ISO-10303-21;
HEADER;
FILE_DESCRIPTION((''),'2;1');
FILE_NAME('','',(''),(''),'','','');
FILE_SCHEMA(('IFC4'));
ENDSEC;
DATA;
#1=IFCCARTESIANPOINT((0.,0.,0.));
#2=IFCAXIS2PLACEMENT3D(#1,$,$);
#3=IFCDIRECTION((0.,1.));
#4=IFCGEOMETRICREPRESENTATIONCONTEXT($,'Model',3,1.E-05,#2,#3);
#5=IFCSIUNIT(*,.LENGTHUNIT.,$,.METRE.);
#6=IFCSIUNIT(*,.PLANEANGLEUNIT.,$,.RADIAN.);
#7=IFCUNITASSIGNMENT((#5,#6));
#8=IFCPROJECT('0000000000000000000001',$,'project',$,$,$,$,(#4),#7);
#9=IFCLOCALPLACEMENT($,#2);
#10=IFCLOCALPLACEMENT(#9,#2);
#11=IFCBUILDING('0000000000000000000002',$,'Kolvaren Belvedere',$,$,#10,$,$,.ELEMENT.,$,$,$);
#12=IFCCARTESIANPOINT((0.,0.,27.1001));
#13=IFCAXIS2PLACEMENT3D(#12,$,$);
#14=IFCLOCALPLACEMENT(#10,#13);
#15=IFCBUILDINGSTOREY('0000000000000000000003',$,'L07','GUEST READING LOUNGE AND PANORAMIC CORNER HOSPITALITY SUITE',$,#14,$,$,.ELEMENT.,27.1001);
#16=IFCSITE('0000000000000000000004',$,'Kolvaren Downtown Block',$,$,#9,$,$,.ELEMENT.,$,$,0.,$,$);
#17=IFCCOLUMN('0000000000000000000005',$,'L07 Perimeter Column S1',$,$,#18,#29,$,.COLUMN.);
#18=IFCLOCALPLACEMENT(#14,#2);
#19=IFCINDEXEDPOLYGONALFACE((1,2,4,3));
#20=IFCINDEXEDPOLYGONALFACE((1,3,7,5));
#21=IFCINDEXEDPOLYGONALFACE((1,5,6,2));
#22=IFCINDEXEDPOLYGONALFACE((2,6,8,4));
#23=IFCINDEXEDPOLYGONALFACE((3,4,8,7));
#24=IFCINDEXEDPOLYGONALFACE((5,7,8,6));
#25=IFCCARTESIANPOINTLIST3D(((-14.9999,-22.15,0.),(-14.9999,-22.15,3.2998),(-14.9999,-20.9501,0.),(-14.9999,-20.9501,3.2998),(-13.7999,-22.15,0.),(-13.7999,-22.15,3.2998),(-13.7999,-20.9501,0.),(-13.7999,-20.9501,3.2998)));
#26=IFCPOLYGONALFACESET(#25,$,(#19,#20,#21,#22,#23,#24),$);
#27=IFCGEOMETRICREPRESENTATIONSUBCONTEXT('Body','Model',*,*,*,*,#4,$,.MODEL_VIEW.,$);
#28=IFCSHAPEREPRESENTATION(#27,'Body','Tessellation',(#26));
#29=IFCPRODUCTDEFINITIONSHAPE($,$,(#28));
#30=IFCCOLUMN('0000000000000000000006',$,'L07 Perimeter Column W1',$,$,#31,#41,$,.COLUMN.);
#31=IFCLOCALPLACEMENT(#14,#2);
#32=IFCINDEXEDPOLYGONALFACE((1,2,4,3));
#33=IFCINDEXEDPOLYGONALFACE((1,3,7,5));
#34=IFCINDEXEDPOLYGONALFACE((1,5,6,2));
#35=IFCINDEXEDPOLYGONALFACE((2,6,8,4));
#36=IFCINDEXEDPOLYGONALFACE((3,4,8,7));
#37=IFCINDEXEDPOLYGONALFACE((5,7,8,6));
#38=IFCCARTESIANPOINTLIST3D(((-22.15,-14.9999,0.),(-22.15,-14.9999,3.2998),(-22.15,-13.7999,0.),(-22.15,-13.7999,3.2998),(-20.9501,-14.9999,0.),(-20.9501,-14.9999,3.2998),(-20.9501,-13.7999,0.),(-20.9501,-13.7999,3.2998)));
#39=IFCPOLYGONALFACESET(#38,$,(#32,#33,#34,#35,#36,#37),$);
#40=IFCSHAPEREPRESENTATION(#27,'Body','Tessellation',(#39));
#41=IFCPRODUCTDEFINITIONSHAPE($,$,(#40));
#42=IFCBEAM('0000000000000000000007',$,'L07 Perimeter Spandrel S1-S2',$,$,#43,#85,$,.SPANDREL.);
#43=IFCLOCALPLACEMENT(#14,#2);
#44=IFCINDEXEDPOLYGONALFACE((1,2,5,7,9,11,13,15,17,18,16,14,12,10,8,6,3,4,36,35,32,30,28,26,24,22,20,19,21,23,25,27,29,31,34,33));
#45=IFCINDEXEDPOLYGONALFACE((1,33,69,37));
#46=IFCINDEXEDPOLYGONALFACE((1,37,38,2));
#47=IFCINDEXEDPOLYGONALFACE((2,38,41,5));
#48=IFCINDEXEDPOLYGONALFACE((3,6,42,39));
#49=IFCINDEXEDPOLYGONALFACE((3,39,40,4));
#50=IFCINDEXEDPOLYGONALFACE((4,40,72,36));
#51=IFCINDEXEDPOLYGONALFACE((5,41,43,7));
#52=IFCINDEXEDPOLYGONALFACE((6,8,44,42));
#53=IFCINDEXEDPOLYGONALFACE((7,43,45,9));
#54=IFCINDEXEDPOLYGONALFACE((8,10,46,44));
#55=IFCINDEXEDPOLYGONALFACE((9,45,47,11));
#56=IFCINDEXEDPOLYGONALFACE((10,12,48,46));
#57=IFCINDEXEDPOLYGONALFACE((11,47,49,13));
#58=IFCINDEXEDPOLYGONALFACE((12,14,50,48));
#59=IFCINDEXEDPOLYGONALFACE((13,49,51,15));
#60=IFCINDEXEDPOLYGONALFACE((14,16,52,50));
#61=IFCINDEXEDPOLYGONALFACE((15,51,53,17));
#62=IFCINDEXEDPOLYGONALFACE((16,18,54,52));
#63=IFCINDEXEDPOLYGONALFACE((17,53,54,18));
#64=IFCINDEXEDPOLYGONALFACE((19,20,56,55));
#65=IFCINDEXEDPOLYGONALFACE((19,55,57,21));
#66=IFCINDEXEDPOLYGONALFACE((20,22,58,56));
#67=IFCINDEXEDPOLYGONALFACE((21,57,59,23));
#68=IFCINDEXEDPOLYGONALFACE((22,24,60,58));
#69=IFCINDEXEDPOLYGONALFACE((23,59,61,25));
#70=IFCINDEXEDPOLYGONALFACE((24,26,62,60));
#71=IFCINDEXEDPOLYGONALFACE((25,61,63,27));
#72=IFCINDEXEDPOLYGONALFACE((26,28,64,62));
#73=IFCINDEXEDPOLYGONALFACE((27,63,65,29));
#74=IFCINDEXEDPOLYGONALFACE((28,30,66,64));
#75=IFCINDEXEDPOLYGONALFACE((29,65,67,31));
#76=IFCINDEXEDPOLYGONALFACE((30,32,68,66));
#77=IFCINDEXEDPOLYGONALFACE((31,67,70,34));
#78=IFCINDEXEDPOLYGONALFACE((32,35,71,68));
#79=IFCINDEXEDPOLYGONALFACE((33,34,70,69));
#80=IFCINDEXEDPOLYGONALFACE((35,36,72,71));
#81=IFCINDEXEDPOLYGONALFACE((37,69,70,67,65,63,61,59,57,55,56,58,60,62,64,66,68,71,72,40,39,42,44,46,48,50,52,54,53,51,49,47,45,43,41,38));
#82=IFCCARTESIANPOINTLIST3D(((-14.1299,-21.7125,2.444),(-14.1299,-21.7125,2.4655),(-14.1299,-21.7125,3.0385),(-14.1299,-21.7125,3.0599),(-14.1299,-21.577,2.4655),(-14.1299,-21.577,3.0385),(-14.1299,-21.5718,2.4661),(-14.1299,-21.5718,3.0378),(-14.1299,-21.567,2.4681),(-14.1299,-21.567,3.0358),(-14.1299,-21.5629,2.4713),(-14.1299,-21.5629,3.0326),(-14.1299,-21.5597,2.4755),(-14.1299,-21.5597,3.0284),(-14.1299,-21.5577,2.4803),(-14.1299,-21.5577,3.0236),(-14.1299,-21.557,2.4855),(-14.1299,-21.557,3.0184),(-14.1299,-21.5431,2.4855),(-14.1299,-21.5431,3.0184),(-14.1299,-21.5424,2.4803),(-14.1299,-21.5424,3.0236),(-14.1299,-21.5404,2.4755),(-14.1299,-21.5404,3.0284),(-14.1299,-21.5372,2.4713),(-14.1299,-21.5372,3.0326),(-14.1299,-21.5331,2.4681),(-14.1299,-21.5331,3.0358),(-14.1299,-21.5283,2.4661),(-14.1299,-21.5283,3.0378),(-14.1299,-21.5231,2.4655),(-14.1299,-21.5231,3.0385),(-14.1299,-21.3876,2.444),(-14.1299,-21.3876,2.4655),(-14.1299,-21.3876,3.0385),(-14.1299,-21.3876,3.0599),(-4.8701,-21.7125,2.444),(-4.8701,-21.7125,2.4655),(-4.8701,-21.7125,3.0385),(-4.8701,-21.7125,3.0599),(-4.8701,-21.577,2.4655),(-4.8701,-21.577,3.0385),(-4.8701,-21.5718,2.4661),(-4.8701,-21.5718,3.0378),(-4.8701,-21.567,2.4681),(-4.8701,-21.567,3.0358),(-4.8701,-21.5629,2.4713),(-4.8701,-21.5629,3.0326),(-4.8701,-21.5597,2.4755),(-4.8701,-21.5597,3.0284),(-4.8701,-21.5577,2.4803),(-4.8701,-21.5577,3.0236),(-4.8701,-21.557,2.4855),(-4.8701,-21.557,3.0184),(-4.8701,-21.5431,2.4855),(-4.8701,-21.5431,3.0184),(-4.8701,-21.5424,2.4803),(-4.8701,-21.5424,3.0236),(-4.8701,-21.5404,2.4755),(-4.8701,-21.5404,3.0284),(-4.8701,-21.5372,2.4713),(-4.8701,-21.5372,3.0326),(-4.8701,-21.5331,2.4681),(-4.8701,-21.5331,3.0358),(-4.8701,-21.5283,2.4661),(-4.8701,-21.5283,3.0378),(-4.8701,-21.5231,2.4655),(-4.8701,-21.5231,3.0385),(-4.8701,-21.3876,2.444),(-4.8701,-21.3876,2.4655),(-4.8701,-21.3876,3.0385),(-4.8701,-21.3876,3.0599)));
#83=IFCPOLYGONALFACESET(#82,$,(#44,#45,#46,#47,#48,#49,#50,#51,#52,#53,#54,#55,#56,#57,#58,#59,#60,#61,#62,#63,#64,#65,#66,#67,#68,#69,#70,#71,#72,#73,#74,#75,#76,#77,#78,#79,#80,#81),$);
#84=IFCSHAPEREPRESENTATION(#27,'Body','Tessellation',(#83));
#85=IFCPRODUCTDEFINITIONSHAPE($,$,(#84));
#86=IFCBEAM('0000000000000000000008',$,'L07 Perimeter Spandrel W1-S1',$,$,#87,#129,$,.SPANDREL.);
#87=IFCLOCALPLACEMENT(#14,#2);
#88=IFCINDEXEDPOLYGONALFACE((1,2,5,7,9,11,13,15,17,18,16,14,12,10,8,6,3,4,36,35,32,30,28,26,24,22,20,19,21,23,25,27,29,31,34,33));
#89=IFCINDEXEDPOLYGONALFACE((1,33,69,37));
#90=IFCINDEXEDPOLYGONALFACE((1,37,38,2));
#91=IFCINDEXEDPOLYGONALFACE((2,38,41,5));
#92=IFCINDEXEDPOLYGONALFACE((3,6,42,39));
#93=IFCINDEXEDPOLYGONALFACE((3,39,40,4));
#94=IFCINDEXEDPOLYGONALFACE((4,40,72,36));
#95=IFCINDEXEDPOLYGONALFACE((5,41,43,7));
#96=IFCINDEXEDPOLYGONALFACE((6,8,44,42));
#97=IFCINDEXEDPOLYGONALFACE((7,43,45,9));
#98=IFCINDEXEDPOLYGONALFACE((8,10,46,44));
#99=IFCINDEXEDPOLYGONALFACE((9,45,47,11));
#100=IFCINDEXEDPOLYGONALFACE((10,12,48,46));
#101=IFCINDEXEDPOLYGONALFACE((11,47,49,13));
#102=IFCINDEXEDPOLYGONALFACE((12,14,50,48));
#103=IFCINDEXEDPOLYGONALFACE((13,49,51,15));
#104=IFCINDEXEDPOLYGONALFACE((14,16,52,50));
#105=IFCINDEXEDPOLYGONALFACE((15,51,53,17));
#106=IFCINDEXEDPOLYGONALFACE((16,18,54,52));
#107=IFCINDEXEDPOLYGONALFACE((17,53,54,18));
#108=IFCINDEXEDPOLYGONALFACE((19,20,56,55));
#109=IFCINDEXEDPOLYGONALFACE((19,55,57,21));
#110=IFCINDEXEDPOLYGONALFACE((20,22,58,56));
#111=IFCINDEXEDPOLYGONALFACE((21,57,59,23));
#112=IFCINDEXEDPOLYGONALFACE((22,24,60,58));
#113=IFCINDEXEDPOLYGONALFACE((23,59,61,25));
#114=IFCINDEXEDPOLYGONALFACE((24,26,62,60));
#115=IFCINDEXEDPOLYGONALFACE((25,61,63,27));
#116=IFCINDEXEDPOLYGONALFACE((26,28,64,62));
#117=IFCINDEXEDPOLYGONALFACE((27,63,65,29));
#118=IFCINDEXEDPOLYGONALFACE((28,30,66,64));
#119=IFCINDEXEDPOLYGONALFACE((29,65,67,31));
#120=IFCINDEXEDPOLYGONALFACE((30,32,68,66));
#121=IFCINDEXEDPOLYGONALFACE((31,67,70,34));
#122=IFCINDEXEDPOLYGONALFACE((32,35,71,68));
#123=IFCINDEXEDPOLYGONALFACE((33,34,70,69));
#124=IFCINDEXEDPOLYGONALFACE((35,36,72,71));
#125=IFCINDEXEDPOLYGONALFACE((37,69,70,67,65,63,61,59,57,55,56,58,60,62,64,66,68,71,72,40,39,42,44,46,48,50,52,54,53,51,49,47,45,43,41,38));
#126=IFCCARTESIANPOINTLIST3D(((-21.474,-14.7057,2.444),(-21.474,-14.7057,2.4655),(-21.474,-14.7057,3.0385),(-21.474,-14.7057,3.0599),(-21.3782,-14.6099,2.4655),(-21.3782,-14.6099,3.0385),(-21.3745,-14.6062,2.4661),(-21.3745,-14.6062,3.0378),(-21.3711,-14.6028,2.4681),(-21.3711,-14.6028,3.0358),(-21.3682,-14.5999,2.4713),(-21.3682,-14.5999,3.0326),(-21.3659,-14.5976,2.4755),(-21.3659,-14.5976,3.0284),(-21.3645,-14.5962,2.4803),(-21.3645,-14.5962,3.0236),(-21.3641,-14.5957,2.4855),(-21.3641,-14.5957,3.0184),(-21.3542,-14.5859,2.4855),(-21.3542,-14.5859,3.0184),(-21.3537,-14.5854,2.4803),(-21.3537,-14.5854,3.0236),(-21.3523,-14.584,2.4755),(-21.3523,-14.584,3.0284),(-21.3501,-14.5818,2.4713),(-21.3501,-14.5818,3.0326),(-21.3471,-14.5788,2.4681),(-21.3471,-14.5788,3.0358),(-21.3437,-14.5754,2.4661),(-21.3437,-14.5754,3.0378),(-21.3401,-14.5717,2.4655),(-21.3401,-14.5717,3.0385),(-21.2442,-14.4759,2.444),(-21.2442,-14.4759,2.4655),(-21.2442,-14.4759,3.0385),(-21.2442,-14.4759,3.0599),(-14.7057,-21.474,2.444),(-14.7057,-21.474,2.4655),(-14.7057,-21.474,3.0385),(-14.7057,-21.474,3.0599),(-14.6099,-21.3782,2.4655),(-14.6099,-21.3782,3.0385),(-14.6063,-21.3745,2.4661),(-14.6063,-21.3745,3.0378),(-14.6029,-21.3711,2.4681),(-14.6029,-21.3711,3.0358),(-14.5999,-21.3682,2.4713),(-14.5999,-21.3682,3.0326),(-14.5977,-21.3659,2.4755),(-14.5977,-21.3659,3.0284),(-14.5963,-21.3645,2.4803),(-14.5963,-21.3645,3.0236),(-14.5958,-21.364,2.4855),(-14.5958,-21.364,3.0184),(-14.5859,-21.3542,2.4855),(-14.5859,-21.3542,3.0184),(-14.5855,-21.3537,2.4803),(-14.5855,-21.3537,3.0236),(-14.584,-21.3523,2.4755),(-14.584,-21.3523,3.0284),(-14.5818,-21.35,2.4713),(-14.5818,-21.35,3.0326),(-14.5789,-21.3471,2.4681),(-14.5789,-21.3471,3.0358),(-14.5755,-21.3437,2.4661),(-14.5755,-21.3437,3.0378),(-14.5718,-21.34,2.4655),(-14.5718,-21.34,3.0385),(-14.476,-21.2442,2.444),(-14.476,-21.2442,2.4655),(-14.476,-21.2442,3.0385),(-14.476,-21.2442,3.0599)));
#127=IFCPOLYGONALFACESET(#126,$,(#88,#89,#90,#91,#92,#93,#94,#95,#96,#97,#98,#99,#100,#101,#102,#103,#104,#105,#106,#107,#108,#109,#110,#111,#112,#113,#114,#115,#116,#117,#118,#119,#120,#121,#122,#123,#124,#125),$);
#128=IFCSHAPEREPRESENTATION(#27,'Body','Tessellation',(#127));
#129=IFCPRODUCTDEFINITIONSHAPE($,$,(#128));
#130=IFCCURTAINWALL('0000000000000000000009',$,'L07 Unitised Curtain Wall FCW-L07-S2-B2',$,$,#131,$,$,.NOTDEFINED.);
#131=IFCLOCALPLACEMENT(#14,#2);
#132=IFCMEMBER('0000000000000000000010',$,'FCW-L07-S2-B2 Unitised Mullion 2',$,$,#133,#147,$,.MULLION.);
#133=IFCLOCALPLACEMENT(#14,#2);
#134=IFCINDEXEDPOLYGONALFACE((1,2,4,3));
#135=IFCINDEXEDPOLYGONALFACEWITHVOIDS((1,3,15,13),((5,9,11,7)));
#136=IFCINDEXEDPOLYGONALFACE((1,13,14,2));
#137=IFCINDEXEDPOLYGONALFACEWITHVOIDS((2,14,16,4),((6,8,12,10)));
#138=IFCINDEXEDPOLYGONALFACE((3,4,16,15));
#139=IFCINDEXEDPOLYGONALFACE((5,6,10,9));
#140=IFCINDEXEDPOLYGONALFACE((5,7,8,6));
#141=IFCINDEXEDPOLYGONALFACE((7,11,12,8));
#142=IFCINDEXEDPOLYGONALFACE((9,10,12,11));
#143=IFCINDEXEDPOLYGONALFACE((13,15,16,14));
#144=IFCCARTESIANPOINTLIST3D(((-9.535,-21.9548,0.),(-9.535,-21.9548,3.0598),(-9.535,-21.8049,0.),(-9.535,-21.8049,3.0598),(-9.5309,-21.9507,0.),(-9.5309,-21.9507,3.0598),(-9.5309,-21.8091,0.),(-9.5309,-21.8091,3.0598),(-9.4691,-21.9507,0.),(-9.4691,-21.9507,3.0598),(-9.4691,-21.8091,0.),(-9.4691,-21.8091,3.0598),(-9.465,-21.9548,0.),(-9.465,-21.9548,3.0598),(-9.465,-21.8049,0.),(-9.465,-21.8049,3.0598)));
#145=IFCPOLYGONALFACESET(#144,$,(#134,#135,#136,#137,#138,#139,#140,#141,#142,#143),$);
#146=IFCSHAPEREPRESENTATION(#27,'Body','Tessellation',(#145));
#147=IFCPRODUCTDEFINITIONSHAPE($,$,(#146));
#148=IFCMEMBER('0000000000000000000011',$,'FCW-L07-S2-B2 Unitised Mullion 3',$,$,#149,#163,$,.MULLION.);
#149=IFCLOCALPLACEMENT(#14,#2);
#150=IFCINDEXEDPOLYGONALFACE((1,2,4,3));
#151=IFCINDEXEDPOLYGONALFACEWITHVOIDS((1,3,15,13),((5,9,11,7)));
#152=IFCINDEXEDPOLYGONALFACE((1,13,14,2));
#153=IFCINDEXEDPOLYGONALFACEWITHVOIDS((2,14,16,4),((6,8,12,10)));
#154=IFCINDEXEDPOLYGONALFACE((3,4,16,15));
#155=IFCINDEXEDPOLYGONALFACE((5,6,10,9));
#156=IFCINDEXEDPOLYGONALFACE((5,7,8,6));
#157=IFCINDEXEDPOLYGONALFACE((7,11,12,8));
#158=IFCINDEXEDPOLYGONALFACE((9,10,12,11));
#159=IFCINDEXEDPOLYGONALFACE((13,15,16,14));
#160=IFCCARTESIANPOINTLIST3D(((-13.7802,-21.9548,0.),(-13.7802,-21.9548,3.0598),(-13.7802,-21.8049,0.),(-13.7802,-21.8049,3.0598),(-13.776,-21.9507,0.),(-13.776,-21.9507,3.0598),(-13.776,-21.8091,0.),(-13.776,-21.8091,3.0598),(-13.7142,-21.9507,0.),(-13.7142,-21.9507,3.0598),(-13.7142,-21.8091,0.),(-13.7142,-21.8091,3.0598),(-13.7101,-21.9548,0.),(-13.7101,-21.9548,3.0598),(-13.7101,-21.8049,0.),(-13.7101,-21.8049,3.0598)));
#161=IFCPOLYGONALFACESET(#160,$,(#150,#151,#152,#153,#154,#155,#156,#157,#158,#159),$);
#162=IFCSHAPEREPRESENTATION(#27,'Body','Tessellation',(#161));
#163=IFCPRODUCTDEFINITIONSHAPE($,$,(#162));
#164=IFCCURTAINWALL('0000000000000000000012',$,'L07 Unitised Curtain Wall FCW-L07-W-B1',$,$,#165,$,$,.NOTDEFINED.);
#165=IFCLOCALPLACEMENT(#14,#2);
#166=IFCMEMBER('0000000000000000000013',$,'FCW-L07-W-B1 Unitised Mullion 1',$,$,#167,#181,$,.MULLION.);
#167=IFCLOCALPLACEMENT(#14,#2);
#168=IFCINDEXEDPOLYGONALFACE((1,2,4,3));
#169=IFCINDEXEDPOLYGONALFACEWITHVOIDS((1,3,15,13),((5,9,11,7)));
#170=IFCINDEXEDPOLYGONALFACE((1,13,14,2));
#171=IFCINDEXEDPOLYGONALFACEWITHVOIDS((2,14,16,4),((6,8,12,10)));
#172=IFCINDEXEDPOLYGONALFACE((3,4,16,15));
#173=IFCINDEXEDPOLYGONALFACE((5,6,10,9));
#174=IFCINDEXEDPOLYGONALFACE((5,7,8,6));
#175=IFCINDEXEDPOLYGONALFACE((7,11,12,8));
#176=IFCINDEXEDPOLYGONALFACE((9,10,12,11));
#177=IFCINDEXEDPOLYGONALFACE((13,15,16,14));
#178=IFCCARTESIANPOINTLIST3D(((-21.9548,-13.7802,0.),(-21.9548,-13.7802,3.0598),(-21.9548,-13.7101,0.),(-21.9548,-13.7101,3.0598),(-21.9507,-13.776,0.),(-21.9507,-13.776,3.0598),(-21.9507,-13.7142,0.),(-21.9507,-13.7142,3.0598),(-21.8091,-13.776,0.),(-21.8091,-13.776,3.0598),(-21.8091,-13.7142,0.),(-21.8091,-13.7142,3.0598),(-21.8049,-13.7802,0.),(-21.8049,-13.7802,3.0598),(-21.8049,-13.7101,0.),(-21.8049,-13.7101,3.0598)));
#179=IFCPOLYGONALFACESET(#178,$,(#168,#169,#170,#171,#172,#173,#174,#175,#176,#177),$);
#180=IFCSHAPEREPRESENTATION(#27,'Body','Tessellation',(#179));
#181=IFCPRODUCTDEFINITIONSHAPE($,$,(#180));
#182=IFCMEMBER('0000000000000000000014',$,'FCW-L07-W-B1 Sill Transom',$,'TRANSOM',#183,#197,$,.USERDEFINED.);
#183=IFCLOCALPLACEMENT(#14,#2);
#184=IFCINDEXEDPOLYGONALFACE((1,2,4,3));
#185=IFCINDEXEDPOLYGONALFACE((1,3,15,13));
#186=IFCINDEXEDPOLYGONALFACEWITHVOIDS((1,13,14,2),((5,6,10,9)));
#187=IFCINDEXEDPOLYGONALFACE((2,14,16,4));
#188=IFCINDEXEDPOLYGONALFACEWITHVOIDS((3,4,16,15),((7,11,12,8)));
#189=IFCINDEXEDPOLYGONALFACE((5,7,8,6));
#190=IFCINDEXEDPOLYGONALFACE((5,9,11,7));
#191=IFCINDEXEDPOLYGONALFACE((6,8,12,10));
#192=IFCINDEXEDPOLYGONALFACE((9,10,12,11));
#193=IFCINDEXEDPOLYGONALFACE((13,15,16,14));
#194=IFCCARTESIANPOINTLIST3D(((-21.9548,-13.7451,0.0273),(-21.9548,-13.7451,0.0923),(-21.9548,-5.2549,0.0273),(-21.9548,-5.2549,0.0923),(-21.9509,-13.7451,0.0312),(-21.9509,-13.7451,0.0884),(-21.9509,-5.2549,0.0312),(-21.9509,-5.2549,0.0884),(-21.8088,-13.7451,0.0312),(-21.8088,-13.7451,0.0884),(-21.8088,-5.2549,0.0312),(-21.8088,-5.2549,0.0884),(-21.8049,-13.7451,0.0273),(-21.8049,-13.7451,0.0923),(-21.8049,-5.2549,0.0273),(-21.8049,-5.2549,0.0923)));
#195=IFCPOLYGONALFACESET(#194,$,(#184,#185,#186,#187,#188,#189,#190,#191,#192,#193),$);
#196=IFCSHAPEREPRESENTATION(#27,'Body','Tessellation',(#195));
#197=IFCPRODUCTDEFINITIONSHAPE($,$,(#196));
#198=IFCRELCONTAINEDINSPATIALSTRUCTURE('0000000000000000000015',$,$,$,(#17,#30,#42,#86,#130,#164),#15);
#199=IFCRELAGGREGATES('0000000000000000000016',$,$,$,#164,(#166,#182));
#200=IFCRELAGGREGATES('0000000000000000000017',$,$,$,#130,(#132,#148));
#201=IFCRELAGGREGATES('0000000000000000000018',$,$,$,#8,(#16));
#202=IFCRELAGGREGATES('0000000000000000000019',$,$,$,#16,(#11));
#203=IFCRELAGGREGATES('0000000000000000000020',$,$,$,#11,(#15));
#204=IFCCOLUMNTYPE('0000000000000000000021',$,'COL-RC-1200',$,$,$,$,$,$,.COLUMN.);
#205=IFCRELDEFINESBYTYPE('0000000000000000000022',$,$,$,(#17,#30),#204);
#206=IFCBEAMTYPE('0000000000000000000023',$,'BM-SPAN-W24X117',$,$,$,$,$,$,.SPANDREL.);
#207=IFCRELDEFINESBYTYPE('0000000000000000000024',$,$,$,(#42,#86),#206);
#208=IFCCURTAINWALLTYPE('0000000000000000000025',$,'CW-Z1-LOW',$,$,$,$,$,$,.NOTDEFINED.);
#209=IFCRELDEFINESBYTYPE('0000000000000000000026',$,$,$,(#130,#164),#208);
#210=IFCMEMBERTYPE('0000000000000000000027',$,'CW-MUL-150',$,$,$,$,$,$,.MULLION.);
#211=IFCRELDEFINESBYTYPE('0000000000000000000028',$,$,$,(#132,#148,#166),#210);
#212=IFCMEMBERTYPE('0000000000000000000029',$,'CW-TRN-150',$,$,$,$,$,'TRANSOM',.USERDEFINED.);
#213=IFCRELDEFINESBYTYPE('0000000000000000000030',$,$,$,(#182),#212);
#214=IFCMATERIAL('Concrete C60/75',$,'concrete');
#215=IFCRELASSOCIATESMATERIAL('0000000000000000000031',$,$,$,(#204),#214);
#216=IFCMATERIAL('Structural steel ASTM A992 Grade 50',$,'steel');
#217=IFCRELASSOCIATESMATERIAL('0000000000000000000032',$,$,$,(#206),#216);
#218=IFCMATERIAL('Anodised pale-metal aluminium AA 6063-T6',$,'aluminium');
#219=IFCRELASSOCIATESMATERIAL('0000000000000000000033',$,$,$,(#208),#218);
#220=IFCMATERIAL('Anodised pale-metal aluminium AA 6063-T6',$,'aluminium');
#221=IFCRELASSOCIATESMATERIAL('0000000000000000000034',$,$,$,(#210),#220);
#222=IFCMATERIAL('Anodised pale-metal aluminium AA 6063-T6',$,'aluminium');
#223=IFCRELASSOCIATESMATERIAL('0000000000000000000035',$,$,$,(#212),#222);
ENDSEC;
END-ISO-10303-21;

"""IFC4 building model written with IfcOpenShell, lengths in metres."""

from ifc_helpers import new_model, si_unit, direction, frame, origin, origin_2d, place, context, subcontext, project, spatial, rectangle, hollow_rectangle, i_section, extrude, material, material_profile, profile_set, type_object, element, aggregate, save


model = new_model("IFC4")

# Units and contexts
model_context = context("Model", 3, precision=1e-05, world=origin(), true_north=direction((0.0, 1.0)))
body_context = subcontext(model_context, "Body", "Model", "MODEL_VIEW")
ifc_project = project(units=[si_unit("LENGTHUNIT", "METRE"), si_unit("PLANEANGLEUNIT", "RADIAN")], contexts=[model_context])

# Site, building, storey
site_placement = place(None, origin())
site = spatial("IfcSite", under=ifc_project, at=site_placement, Name="Kolvaren Downtown Block", CompositionType="ELEMENT", RefElevation=0.0)
building_placement = place(site_placement, origin())
building = spatial("IfcBuilding", under=site, at=building_placement, Name="Kolvaren Belvedere", CompositionType="ELEMENT")
storey_placement = place(building_placement, frame((0.0, 0.0, 27.1001)))
storey = spatial("IfcBuildingStorey", under=building, at=storey_placement, Name="L07", Description="GUEST READING LOUNGE AND PANORAMIC CORNER HOSPITALITY SUITE", CompositionType="ELEMENT", Elevation=27.1001)

# Columns
ifc_material_1 = material(Name="Concrete C60/75", Category="concrete")
ifc_material_profile_1 = material_profile(ifc_material_1, rectangle(XDim=1.2, YDim=1.2, at=origin_2d()), Name="RC 1200X1200")
ifc_profile_set_1 = profile_set([ifc_material_profile_1], Name="Concrete C60/75")
column_type = type_object("IfcColumnType", Name="COL-RC-1200", PredefinedType="COLUMN", material=ifc_profile_set_1)
for number, where, z_axis, x_axis, name in (
    (1, (-14.3999, -21.55, 0.0), (0.0, 0.0, 1.0), (1.0, 0.0, 0.0), "L07 Perimeter Column S1"),
    (2, (-21.55, -14.3999, 0.0), (0.0, 0.0, 1.0), (1.0, 0.0, 0.0), "L07 Perimeter Column W1"),
):
    element("IfcColumn", number, at=place(storey_placement, frame(where, z_axis=z_axis, x_axis=x_axis)), inside=storey, type_object=column_type, Name=name, PredefinedType="COLUMN", context=body_context, shape_type="SweptSolid", body=[
        extrude(rectangle(XDim=1.2, YDim=1.2, at=origin_2d()), origin(), (0.0, 0.0, 1.0), 3.2998),
    ])

# Beams
ifc_material_2 = material(Name="Structural steel ASTM A992 Grade 50", Category="steel")
ifc_material_profile_2 = material_profile(ifc_material_2, i_section(OverallWidth=0.325, OverallDepth=0.616, WebThickness=0.0139, FlangeThickness=0.0215, FilletRadius=0.02, at=origin_2d()), Name="W24X117")
ifc_profile_set_2 = profile_set([ifc_material_profile_2], Name="Structural steel ASTM A992 Grade 50")
beam_type = type_object("IfcBeamType", Name="BM-SPAN-W24X117", PredefinedType="SPANDREL", material=ifc_profile_set_2)
beam_1_placement = place(storey_placement, frame((-14.1299, -21.55, 2.752), z_axis=(1.0, 0.0, 0.0), x_axis=(0.0, 1.0, 0.0)))
element("IfcBeam", 3, at=beam_1_placement, inside=storey, type_object=beam_type, Name="L07 Perimeter Spandrel S1-S2", PredefinedType="SPANDREL", context=body_context, shape_type="SweptSolid", body=[
    extrude(i_section(OverallWidth=0.325, OverallDepth=0.616, WebThickness=0.0139, FlangeThickness=0.0215, FilletRadius=0.02, at=origin_2d()), origin(), (0.0, 0.0, 1.0), 9.2598),
])
beam_2_placement = place(storey_placement, frame((-21.3591, -14.5908, 2.752), z_axis=(0.707107, -0.707107, 0.0), x_axis=(0.707107, 0.707107, 0.0)))
element("IfcBeam", 4, at=beam_2_placement, inside=storey, type_object=beam_type, Name="L07 Perimeter Spandrel W1-S1", PredefinedType="SPANDREL", context=body_context, shape_type="SweptSolid", body=[
    extrude(i_section(OverallWidth=0.325, OverallDepth=0.616, WebThickness=0.0139, FlangeThickness=0.0215, FilletRadius=0.02, at=origin_2d()), origin(), (0.0, 0.0, 1.0), 9.5718),
])

# Curtain walls, members
ifc_material_3 = material(Name="Anodised pale-metal aluminium AA 6063-T6", Category="aluminium")
curtain_wall_type = type_object("IfcCurtainWallType", Name="CW-Z1-LOW", PredefinedType="NOTDEFINED", material=ifc_material_3)
curtain_wall_1_placement = place(storey_placement, origin())
curtain_wall_1 = element("IfcCurtainWall", 5, at=curtain_wall_1_placement, inside=storey, type_object=curtain_wall_type, Name="L07 Unitised Curtain Wall FCW-L07-S2-B2", PredefinedType="NOTDEFINED")
ifc_material_4 = material(Name="Anodised pale-metal aluminium AA 6063-T6", Category="aluminium")
ifc_material_profile_3 = material_profile(ifc_material_4, hollow_rectangle(XDim=0.0701, YDim=0.1499, WallThickness=0.0042, at=origin_2d()), Name="ALU-MUL-150X70")
ifc_profile_set_3 = profile_set([ifc_material_profile_3], Name="Anodised pale-metal aluminium AA 6063-T6")
member_type_1 = type_object("IfcMemberType", Name="CW-MUL-150", PredefinedType="MULLION", material=ifc_profile_set_3)
member_1_placement = place(storey_placement, frame((-9.5, -21.8799, 0.0), z_axis=(0.0, 0.0, 1.0), x_axis=(1.0, 0.0, 0.0)))
member_1 = element("IfcMember", 6, at=member_1_placement, type_object=member_type_1, Name="FCW-L07-S2-B2 Unitised Mullion 2", PredefinedType="MULLION", context=body_context, shape_type="SweptSolid", body=[
    extrude(hollow_rectangle(XDim=0.0701, YDim=0.1499, WallThickness=0.0042, at=origin_2d()), origin(), (0.0, 0.0, 1.0), 3.0598),
])
member_2_placement = place(storey_placement, frame((-13.7451, -21.8799, 0.0), z_axis=(0.0, 0.0, 1.0), x_axis=(1.0, 0.0, 0.0)))
member_2 = element("IfcMember", 7, at=member_2_placement, type_object=member_type_1, Name="FCW-L07-S2-B2 Unitised Mullion 3", PredefinedType="MULLION", context=body_context, shape_type="SweptSolid", body=[
    extrude(hollow_rectangle(XDim=0.0701, YDim=0.1499, WallThickness=0.0042, at=origin_2d()), origin(), (0.0, 0.0, 1.0), 3.0598),
])
curtain_wall_2_placement = place(storey_placement, origin())
curtain_wall_2 = element("IfcCurtainWall", 8, at=curtain_wall_2_placement, inside=storey, type_object=curtain_wall_type, Name="L07 Unitised Curtain Wall FCW-L07-W-B1", PredefinedType="NOTDEFINED")
member_3_placement = place(storey_placement, frame((-21.8799, -13.7451, 0.0), z_axis=(0.0, 0.0, 1.0), x_axis=(0.0, 1.0, 0.0)))
member_3 = element("IfcMember", 9, at=member_3_placement, type_object=member_type_1, Name="FCW-L07-W-B1 Unitised Mullion 1", PredefinedType="MULLION", context=body_context, shape_type="SweptSolid", body=[
    extrude(hollow_rectangle(XDim=0.0701, YDim=0.1499, WallThickness=0.0042, at=origin_2d()), origin(), (0.0, 0.0, 1.0), 3.0598),
])
ifc_material_5 = material(Name="Anodised pale-metal aluminium AA 6063-T6", Category="aluminium")
ifc_material_profile_4 = material_profile(ifc_material_5, hollow_rectangle(XDim=0.0649, YDim=0.1499, WallThickness=0.0039, at=origin_2d()), Name="ALU-TRN-150X65")
ifc_profile_set_4 = profile_set([ifc_material_profile_4], Name="Anodised pale-metal aluminium AA 6063-T6")
member_type_2 = type_object("IfcMemberType", Name="CW-TRN-150", ElementType="TRANSOM", PredefinedType="USERDEFINED", material=ifc_profile_set_4)
member_4_placement = place(storey_placement, frame((-21.8799, -13.7451, 0.0598), z_axis=(0.0, 1.0, 0.0), x_axis=(0.0, 0.0, 1.0)))
member_4 = element("IfcMember", 10, at=member_4_placement, type_object=member_type_2, Name="FCW-L07-W-B1 Sill Transom", ObjectType="TRANSOM", PredefinedType="USERDEFINED", context=body_context, shape_type="SweptSolid", body=[
    extrude(hollow_rectangle(XDim=0.0649, YDim=0.1499, WallThickness=0.0039, at=origin_2d()), origin(), (0.0, 0.0, 1.0), 8.4902),
])
aggregate(curtain_wall_2, [member_3, member_4])

aggregate(curtain_wall_1, [member_1, member_2])

save(model, "model.ifc")
